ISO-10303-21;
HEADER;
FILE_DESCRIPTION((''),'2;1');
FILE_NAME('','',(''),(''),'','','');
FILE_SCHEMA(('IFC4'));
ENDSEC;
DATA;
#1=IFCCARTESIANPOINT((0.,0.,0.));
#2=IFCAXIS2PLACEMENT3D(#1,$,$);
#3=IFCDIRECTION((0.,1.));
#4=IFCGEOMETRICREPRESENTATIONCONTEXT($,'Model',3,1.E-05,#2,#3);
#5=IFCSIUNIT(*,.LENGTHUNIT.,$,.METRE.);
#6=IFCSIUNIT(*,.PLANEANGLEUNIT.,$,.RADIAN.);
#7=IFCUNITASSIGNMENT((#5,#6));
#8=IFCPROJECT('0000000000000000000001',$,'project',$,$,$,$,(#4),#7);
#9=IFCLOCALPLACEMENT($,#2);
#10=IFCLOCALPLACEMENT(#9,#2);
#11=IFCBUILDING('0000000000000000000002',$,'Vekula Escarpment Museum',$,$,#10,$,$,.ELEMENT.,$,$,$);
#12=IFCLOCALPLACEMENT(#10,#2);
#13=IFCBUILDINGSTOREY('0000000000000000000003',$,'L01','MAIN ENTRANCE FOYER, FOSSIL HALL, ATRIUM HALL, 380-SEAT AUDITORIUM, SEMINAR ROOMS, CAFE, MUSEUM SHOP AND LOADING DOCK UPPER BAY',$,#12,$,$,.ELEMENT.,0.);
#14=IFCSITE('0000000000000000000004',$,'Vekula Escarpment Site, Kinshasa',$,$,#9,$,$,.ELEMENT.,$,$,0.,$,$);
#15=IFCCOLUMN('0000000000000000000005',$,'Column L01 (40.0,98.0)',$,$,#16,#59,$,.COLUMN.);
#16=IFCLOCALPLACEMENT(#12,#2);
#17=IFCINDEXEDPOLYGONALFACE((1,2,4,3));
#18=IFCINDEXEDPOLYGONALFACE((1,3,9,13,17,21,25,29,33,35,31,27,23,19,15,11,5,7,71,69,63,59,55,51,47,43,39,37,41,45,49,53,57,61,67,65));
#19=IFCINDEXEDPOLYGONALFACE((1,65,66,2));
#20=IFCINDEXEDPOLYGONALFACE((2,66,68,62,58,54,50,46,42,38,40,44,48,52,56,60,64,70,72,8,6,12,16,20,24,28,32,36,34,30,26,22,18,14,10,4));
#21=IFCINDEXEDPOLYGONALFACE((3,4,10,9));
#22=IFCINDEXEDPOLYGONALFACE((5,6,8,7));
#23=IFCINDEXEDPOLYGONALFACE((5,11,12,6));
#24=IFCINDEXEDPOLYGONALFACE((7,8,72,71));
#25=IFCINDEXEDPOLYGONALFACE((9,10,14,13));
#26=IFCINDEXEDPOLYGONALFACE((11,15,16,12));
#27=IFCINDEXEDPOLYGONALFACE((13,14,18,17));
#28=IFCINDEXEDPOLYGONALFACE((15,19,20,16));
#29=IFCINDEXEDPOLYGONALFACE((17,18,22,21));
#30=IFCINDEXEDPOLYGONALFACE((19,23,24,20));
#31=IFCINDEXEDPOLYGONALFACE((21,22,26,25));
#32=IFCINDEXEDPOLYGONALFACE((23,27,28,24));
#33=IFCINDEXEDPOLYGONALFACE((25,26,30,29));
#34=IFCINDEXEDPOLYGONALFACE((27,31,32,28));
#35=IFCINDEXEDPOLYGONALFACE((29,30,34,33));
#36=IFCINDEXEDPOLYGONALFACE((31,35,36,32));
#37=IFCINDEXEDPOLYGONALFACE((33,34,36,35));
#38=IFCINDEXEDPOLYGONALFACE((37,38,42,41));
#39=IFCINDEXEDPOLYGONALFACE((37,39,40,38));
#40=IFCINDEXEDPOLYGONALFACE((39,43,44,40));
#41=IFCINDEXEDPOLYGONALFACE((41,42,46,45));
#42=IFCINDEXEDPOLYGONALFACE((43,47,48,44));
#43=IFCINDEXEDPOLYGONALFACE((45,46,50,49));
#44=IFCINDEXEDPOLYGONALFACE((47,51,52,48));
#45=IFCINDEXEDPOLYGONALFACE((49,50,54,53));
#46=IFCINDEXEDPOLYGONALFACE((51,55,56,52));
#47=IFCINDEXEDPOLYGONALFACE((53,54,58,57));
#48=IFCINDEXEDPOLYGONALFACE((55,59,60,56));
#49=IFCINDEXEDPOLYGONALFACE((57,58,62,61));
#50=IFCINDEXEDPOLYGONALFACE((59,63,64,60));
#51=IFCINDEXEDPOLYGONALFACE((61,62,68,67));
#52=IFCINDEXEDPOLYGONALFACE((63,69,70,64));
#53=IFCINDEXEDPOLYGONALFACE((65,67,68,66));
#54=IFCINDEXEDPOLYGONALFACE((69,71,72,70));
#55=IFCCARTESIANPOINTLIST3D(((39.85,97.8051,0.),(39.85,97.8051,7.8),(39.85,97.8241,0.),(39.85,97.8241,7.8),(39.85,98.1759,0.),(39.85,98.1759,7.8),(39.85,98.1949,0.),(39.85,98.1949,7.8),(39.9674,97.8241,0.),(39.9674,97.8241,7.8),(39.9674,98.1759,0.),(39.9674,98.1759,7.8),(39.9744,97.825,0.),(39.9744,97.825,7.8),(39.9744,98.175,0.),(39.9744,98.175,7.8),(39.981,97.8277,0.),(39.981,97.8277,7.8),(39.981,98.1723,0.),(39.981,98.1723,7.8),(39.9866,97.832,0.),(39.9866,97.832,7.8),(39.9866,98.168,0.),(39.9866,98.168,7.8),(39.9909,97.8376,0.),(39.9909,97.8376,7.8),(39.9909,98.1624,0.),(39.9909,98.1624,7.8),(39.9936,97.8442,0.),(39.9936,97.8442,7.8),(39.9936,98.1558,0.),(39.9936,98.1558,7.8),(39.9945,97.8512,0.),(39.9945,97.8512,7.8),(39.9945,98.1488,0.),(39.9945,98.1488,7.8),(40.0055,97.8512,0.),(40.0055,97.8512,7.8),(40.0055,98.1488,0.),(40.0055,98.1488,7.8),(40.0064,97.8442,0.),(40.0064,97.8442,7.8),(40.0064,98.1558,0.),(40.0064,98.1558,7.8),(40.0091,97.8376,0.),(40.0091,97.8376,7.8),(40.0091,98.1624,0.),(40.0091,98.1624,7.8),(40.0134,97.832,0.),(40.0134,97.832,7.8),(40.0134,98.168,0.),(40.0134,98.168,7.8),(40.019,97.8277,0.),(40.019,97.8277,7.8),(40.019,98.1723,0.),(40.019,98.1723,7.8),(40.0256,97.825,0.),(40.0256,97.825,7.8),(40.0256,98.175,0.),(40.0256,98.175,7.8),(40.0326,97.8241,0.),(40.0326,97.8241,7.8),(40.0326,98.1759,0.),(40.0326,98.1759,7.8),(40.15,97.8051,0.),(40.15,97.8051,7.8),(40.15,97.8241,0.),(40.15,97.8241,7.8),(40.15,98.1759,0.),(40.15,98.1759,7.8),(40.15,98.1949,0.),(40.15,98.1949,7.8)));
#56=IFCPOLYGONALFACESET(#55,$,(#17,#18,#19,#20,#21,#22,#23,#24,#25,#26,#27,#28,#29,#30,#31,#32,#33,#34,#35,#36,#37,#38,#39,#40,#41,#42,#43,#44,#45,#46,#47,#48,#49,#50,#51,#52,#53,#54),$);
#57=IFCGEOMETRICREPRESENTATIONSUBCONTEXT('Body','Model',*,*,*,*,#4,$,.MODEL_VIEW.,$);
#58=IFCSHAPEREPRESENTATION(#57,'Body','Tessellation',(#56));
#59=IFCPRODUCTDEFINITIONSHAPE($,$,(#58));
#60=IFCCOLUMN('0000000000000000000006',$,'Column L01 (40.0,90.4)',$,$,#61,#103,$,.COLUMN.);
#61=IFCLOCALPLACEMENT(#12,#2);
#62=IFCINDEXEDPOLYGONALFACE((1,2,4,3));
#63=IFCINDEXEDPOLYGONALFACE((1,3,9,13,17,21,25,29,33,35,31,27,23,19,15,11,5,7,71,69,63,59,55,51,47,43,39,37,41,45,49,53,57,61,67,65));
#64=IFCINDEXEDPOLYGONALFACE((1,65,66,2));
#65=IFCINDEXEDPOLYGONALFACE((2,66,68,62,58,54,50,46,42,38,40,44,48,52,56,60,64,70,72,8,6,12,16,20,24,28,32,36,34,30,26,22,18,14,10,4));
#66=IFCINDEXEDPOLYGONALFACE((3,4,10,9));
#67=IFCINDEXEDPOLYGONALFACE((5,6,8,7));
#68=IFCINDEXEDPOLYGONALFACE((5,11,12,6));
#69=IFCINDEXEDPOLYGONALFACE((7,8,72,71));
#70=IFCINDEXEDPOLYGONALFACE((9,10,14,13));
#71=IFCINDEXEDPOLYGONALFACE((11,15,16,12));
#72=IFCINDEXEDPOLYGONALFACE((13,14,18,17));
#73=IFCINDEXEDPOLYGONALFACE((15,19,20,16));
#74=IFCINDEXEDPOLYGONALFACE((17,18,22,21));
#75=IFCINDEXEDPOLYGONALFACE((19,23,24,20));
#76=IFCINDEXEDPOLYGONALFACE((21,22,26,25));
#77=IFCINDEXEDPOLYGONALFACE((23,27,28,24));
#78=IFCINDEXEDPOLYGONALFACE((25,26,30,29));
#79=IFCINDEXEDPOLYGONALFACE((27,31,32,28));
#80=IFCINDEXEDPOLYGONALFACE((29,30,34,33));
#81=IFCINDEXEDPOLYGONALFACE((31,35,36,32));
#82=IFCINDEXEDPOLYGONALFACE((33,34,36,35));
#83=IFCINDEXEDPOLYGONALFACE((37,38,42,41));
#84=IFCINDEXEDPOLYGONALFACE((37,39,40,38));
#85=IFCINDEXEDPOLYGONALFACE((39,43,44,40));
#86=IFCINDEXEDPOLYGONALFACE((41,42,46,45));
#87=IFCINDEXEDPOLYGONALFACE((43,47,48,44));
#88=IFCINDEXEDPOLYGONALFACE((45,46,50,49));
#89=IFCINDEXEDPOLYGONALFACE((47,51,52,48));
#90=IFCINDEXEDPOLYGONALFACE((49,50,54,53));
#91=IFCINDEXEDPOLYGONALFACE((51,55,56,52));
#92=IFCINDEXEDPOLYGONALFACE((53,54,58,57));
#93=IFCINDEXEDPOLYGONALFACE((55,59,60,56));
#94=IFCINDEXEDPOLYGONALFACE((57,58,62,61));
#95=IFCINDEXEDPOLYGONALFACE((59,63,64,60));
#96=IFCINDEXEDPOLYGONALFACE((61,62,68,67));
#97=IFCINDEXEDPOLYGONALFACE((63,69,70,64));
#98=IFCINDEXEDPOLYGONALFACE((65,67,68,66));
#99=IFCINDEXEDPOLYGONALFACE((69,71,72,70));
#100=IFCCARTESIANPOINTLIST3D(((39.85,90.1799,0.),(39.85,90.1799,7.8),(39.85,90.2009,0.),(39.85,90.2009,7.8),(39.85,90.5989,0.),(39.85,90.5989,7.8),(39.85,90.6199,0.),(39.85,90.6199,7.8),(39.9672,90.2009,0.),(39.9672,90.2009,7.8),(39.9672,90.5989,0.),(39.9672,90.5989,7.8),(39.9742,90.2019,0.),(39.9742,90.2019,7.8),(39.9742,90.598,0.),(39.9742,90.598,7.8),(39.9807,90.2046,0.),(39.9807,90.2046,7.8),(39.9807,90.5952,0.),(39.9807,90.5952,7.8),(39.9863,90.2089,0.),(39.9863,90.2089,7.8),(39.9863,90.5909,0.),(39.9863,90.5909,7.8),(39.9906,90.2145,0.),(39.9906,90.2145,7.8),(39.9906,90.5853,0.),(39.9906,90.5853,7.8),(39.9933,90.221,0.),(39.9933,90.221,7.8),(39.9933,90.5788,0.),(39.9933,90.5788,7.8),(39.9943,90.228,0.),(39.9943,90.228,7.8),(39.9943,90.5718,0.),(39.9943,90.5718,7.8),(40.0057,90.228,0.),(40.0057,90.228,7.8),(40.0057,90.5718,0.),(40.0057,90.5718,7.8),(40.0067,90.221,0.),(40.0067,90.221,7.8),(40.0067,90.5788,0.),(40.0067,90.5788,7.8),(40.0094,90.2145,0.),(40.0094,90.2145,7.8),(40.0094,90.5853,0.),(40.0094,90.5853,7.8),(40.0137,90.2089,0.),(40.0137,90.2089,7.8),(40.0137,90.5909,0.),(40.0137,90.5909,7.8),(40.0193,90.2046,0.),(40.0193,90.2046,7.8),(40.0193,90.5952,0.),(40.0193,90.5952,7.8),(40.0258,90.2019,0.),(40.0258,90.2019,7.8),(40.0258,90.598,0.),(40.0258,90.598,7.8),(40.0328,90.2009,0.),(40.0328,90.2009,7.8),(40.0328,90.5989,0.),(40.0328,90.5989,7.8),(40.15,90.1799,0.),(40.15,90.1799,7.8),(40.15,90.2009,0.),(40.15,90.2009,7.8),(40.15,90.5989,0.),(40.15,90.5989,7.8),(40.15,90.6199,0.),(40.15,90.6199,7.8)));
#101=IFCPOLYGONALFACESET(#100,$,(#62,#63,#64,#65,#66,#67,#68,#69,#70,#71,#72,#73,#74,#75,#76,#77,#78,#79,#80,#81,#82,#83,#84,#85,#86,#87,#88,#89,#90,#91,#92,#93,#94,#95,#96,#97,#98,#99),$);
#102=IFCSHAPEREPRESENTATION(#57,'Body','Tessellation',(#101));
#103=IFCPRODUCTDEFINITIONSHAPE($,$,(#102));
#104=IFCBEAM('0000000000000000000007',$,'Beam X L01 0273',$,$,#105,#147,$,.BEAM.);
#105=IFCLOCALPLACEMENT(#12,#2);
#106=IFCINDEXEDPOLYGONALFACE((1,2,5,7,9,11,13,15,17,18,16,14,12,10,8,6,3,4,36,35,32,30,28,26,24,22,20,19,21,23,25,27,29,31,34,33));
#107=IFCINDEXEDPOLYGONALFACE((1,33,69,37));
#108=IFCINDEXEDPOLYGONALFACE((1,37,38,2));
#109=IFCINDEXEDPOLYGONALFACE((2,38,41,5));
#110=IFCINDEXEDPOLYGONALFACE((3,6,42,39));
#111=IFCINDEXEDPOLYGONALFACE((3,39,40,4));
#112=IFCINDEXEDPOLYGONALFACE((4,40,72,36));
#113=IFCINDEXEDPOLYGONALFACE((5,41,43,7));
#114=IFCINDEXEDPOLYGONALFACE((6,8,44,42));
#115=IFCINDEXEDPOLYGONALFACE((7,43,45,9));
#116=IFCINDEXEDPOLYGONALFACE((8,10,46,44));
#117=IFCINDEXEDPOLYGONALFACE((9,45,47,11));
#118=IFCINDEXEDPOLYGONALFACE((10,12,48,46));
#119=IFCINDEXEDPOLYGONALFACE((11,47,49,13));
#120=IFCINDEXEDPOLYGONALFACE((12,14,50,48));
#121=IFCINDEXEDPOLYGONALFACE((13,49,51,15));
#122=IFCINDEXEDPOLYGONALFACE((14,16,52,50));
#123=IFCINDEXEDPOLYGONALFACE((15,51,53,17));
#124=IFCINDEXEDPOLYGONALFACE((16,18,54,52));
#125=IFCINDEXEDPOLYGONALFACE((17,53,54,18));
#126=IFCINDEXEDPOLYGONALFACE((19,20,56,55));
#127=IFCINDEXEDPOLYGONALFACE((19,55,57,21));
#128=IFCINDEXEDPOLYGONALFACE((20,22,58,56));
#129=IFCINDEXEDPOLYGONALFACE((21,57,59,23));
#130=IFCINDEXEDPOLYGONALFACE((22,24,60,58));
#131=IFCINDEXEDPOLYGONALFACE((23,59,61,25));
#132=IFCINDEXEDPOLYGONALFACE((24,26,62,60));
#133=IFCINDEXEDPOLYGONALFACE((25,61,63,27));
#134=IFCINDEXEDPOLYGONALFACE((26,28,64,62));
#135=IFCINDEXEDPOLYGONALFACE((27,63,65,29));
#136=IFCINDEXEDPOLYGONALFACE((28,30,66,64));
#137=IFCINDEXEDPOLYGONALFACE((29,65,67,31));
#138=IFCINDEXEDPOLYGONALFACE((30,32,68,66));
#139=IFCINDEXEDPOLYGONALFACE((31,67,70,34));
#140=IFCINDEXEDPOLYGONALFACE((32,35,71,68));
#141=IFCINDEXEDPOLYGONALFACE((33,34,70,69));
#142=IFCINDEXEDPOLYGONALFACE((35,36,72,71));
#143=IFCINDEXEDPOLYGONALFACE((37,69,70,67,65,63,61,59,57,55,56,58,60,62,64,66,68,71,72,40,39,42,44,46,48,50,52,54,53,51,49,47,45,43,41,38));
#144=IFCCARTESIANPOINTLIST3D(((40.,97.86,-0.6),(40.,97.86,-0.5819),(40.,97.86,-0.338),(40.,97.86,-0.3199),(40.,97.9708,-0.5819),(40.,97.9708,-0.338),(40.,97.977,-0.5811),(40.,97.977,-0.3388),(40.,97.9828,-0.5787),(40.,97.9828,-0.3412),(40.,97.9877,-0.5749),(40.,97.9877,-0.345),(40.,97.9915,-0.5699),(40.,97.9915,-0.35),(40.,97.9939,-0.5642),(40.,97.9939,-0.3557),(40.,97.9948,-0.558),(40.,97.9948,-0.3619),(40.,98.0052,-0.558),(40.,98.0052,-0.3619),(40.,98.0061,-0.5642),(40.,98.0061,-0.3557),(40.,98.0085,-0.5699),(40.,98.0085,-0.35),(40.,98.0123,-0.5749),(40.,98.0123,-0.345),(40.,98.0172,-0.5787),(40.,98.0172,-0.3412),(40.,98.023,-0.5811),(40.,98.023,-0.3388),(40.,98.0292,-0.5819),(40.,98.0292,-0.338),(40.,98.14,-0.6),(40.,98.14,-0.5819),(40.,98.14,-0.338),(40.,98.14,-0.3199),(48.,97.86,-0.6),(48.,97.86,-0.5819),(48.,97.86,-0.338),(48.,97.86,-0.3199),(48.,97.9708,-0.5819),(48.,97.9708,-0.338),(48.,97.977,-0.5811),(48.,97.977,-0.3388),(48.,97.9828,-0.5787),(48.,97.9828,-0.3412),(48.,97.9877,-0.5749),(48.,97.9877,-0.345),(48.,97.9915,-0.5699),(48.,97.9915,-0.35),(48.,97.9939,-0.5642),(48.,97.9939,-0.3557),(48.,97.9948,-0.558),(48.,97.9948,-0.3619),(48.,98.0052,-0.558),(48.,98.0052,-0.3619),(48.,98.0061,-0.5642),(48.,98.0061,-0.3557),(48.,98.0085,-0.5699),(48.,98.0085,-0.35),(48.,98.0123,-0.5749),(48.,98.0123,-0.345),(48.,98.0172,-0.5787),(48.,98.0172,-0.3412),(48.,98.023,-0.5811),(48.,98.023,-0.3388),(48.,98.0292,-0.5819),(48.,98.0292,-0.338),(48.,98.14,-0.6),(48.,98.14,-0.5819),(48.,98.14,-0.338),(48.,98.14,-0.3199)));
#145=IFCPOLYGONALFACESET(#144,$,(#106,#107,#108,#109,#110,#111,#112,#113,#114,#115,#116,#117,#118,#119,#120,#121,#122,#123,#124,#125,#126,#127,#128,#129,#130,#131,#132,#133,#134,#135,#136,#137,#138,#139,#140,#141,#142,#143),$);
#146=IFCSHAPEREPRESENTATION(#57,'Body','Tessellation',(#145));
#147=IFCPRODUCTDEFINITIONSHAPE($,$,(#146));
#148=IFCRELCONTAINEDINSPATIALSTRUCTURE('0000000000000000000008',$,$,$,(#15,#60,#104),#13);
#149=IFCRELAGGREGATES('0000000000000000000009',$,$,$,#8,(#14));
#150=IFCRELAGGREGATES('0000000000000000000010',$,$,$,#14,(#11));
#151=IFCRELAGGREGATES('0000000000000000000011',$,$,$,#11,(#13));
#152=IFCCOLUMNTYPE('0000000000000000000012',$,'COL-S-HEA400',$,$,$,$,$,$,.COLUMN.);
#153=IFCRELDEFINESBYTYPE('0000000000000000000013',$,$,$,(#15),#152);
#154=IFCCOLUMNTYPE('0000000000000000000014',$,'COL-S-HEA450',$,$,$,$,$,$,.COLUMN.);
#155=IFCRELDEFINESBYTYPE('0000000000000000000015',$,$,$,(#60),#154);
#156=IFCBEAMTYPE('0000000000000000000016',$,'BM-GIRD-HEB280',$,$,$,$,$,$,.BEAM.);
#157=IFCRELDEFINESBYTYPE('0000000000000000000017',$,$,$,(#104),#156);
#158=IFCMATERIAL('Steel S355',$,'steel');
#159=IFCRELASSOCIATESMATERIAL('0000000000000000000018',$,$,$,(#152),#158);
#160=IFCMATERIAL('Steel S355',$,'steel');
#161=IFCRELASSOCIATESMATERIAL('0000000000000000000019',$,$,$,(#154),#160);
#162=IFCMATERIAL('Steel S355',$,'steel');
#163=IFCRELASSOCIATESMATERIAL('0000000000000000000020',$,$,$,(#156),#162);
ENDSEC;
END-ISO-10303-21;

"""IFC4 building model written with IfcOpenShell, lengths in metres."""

from ifc_helpers import new_model, si_unit, direction, frame, origin, origin_2d, place, context, subcontext, project, spatial, i_section, extrude, material, material_profile, profile_set, type_object, element, save


model = new_model("IFC4")

# Units and contexts
model_context = context("Model", 3, precision=1e-05, world=origin(), true_north=direction((0.0, 1.0)))
body_context = subcontext(model_context, "Body", "Model", "MODEL_VIEW")
ifc_project = project(units=[si_unit("LENGTHUNIT", "METRE"), si_unit("PLANEANGLEUNIT", "RADIAN")], contexts=[model_context])

# Site, building, storey
site_placement = place(None, origin())
site = spatial("IfcSite", under=ifc_project, at=site_placement, Name="Vekula Escarpment Site, Kinshasa", CompositionType="ELEMENT", RefElevation=0.0)
building_placement = place(site_placement, origin())
building = spatial("IfcBuilding", under=site, at=building_placement, Name="Vekula Escarpment Museum", CompositionType="ELEMENT")
storey_placement = place(building_placement, origin())
storey = spatial("IfcBuildingStorey", under=building, at=storey_placement, Name="L01", Description="MAIN ENTRANCE FOYER, FOSSIL HALL, ATRIUM HALL, 380-SEAT AUDITORIUM, SEMINAR ROOMS, CAFE, MUSEUM SHOP AND LOADING DOCK UPPER BAY", CompositionType="ELEMENT", Elevation=0.0)

# Columns
ifc_material_1 = material(Name="Steel S355", Category="steel")
ifc_material_profile_1 = material_profile(ifc_material_1, i_section(OverallWidth=0.3, OverallDepth=0.3899, WebThickness=0.011, FlangeThickness=0.019, FilletRadius=0.0271, at=origin_2d()), Name="HEA 400")
ifc_profile_set_1 = profile_set([ifc_material_profile_1], Name="Steel S355")
column_type_1 = type_object("IfcColumnType", Name="COL-S-HEA400", PredefinedType="COLUMN", material=ifc_profile_set_1)
column_1_placement = place(storey_placement, frame((40.0, 98.0, 0.0), z_axis=(0.0, 0.0, 1.0), x_axis=(1.0, 0.0, 0.0)))
element("IfcColumn", 1, at=column_1_placement, inside=storey, type_object=column_type_1, Name="Column L01 (40.0,98.0)", PredefinedType="COLUMN", context=body_context, shape_type="SweptSolid", body=[
    extrude(i_section(OverallWidth=0.3, OverallDepth=0.3899, WebThickness=0.011, FlangeThickness=0.019, FilletRadius=0.0271, at=origin_2d()), origin(), (0.0, 0.0, 1.0), 7.8),
])
ifc_material_2 = material(Name="Steel S355", Category="steel")
ifc_material_profile_2 = material_profile(ifc_material_2, i_section(OverallWidth=0.3, OverallDepth=0.4399, WebThickness=0.0115, FlangeThickness=0.021, FilletRadius=0.0271, at=origin_2d()), Name="HEA 450")
ifc_profile_set_2 = profile_set([ifc_material_profile_2], Name="Steel S355")
column_type_2 = type_object("IfcColumnType", Name="COL-S-HEA450", PredefinedType="COLUMN", material=ifc_profile_set_2)
column_2_placement = place(storey_placement, frame((40.0, 90.3999, 0.0), z_axis=(0.0, 0.0, 1.0), x_axis=(1.0, 0.0, 0.0)))
element("IfcColumn", 2, at=column_2_placement, inside=storey, type_object=column_type_2, Name="Column L01 (40.0,90.4)", PredefinedType="COLUMN", context=body_context, shape_type="SweptSolid", body=[
    extrude(i_section(OverallWidth=0.3, OverallDepth=0.4399, WebThickness=0.0115, FlangeThickness=0.021, FilletRadius=0.0271, at=origin_2d()), origin(), (0.0, 0.0, 1.0), 7.8),
])

# Beam
ifc_material_3 = material(Name="Steel S355", Category="steel")
ifc_material_profile_3 = material_profile(ifc_material_3, i_section(OverallWidth=0.28, OverallDepth=0.28, WebThickness=0.0105, FlangeThickness=0.0181, FilletRadius=0.0239, at=origin_2d()), Name="HEB 280")
ifc_profile_set_3 = profile_set([ifc_material_profile_3], Name="Steel S355")
beam_type_1 = type_object("IfcBeamType", Name="BM-GIRD-HEB280", PredefinedType="BEAM", material=ifc_profile_set_3)
beam_1_placement = place(storey_placement, frame((40.0, 98.0, -0.46), z_axis=(1.0, 0.0, 0.0), x_axis=(0.0, 1.0, 0.0)))
element("IfcBeam", 3, at=beam_1_placement, inside=storey, type_object=beam_type_1, Name="Beam X L01 0273", PredefinedType="BEAM", context=body_context, shape_type="SweptSolid", body=[
    extrude(i_section(OverallWidth=0.28, OverallDepth=0.28, WebThickness=0.0105, FlangeThickness=0.0181, FilletRadius=0.0239, at=origin_2d()), origin(), (0.0, 0.0, 1.0), 8.0),
])

save(model, "model.ifc")
